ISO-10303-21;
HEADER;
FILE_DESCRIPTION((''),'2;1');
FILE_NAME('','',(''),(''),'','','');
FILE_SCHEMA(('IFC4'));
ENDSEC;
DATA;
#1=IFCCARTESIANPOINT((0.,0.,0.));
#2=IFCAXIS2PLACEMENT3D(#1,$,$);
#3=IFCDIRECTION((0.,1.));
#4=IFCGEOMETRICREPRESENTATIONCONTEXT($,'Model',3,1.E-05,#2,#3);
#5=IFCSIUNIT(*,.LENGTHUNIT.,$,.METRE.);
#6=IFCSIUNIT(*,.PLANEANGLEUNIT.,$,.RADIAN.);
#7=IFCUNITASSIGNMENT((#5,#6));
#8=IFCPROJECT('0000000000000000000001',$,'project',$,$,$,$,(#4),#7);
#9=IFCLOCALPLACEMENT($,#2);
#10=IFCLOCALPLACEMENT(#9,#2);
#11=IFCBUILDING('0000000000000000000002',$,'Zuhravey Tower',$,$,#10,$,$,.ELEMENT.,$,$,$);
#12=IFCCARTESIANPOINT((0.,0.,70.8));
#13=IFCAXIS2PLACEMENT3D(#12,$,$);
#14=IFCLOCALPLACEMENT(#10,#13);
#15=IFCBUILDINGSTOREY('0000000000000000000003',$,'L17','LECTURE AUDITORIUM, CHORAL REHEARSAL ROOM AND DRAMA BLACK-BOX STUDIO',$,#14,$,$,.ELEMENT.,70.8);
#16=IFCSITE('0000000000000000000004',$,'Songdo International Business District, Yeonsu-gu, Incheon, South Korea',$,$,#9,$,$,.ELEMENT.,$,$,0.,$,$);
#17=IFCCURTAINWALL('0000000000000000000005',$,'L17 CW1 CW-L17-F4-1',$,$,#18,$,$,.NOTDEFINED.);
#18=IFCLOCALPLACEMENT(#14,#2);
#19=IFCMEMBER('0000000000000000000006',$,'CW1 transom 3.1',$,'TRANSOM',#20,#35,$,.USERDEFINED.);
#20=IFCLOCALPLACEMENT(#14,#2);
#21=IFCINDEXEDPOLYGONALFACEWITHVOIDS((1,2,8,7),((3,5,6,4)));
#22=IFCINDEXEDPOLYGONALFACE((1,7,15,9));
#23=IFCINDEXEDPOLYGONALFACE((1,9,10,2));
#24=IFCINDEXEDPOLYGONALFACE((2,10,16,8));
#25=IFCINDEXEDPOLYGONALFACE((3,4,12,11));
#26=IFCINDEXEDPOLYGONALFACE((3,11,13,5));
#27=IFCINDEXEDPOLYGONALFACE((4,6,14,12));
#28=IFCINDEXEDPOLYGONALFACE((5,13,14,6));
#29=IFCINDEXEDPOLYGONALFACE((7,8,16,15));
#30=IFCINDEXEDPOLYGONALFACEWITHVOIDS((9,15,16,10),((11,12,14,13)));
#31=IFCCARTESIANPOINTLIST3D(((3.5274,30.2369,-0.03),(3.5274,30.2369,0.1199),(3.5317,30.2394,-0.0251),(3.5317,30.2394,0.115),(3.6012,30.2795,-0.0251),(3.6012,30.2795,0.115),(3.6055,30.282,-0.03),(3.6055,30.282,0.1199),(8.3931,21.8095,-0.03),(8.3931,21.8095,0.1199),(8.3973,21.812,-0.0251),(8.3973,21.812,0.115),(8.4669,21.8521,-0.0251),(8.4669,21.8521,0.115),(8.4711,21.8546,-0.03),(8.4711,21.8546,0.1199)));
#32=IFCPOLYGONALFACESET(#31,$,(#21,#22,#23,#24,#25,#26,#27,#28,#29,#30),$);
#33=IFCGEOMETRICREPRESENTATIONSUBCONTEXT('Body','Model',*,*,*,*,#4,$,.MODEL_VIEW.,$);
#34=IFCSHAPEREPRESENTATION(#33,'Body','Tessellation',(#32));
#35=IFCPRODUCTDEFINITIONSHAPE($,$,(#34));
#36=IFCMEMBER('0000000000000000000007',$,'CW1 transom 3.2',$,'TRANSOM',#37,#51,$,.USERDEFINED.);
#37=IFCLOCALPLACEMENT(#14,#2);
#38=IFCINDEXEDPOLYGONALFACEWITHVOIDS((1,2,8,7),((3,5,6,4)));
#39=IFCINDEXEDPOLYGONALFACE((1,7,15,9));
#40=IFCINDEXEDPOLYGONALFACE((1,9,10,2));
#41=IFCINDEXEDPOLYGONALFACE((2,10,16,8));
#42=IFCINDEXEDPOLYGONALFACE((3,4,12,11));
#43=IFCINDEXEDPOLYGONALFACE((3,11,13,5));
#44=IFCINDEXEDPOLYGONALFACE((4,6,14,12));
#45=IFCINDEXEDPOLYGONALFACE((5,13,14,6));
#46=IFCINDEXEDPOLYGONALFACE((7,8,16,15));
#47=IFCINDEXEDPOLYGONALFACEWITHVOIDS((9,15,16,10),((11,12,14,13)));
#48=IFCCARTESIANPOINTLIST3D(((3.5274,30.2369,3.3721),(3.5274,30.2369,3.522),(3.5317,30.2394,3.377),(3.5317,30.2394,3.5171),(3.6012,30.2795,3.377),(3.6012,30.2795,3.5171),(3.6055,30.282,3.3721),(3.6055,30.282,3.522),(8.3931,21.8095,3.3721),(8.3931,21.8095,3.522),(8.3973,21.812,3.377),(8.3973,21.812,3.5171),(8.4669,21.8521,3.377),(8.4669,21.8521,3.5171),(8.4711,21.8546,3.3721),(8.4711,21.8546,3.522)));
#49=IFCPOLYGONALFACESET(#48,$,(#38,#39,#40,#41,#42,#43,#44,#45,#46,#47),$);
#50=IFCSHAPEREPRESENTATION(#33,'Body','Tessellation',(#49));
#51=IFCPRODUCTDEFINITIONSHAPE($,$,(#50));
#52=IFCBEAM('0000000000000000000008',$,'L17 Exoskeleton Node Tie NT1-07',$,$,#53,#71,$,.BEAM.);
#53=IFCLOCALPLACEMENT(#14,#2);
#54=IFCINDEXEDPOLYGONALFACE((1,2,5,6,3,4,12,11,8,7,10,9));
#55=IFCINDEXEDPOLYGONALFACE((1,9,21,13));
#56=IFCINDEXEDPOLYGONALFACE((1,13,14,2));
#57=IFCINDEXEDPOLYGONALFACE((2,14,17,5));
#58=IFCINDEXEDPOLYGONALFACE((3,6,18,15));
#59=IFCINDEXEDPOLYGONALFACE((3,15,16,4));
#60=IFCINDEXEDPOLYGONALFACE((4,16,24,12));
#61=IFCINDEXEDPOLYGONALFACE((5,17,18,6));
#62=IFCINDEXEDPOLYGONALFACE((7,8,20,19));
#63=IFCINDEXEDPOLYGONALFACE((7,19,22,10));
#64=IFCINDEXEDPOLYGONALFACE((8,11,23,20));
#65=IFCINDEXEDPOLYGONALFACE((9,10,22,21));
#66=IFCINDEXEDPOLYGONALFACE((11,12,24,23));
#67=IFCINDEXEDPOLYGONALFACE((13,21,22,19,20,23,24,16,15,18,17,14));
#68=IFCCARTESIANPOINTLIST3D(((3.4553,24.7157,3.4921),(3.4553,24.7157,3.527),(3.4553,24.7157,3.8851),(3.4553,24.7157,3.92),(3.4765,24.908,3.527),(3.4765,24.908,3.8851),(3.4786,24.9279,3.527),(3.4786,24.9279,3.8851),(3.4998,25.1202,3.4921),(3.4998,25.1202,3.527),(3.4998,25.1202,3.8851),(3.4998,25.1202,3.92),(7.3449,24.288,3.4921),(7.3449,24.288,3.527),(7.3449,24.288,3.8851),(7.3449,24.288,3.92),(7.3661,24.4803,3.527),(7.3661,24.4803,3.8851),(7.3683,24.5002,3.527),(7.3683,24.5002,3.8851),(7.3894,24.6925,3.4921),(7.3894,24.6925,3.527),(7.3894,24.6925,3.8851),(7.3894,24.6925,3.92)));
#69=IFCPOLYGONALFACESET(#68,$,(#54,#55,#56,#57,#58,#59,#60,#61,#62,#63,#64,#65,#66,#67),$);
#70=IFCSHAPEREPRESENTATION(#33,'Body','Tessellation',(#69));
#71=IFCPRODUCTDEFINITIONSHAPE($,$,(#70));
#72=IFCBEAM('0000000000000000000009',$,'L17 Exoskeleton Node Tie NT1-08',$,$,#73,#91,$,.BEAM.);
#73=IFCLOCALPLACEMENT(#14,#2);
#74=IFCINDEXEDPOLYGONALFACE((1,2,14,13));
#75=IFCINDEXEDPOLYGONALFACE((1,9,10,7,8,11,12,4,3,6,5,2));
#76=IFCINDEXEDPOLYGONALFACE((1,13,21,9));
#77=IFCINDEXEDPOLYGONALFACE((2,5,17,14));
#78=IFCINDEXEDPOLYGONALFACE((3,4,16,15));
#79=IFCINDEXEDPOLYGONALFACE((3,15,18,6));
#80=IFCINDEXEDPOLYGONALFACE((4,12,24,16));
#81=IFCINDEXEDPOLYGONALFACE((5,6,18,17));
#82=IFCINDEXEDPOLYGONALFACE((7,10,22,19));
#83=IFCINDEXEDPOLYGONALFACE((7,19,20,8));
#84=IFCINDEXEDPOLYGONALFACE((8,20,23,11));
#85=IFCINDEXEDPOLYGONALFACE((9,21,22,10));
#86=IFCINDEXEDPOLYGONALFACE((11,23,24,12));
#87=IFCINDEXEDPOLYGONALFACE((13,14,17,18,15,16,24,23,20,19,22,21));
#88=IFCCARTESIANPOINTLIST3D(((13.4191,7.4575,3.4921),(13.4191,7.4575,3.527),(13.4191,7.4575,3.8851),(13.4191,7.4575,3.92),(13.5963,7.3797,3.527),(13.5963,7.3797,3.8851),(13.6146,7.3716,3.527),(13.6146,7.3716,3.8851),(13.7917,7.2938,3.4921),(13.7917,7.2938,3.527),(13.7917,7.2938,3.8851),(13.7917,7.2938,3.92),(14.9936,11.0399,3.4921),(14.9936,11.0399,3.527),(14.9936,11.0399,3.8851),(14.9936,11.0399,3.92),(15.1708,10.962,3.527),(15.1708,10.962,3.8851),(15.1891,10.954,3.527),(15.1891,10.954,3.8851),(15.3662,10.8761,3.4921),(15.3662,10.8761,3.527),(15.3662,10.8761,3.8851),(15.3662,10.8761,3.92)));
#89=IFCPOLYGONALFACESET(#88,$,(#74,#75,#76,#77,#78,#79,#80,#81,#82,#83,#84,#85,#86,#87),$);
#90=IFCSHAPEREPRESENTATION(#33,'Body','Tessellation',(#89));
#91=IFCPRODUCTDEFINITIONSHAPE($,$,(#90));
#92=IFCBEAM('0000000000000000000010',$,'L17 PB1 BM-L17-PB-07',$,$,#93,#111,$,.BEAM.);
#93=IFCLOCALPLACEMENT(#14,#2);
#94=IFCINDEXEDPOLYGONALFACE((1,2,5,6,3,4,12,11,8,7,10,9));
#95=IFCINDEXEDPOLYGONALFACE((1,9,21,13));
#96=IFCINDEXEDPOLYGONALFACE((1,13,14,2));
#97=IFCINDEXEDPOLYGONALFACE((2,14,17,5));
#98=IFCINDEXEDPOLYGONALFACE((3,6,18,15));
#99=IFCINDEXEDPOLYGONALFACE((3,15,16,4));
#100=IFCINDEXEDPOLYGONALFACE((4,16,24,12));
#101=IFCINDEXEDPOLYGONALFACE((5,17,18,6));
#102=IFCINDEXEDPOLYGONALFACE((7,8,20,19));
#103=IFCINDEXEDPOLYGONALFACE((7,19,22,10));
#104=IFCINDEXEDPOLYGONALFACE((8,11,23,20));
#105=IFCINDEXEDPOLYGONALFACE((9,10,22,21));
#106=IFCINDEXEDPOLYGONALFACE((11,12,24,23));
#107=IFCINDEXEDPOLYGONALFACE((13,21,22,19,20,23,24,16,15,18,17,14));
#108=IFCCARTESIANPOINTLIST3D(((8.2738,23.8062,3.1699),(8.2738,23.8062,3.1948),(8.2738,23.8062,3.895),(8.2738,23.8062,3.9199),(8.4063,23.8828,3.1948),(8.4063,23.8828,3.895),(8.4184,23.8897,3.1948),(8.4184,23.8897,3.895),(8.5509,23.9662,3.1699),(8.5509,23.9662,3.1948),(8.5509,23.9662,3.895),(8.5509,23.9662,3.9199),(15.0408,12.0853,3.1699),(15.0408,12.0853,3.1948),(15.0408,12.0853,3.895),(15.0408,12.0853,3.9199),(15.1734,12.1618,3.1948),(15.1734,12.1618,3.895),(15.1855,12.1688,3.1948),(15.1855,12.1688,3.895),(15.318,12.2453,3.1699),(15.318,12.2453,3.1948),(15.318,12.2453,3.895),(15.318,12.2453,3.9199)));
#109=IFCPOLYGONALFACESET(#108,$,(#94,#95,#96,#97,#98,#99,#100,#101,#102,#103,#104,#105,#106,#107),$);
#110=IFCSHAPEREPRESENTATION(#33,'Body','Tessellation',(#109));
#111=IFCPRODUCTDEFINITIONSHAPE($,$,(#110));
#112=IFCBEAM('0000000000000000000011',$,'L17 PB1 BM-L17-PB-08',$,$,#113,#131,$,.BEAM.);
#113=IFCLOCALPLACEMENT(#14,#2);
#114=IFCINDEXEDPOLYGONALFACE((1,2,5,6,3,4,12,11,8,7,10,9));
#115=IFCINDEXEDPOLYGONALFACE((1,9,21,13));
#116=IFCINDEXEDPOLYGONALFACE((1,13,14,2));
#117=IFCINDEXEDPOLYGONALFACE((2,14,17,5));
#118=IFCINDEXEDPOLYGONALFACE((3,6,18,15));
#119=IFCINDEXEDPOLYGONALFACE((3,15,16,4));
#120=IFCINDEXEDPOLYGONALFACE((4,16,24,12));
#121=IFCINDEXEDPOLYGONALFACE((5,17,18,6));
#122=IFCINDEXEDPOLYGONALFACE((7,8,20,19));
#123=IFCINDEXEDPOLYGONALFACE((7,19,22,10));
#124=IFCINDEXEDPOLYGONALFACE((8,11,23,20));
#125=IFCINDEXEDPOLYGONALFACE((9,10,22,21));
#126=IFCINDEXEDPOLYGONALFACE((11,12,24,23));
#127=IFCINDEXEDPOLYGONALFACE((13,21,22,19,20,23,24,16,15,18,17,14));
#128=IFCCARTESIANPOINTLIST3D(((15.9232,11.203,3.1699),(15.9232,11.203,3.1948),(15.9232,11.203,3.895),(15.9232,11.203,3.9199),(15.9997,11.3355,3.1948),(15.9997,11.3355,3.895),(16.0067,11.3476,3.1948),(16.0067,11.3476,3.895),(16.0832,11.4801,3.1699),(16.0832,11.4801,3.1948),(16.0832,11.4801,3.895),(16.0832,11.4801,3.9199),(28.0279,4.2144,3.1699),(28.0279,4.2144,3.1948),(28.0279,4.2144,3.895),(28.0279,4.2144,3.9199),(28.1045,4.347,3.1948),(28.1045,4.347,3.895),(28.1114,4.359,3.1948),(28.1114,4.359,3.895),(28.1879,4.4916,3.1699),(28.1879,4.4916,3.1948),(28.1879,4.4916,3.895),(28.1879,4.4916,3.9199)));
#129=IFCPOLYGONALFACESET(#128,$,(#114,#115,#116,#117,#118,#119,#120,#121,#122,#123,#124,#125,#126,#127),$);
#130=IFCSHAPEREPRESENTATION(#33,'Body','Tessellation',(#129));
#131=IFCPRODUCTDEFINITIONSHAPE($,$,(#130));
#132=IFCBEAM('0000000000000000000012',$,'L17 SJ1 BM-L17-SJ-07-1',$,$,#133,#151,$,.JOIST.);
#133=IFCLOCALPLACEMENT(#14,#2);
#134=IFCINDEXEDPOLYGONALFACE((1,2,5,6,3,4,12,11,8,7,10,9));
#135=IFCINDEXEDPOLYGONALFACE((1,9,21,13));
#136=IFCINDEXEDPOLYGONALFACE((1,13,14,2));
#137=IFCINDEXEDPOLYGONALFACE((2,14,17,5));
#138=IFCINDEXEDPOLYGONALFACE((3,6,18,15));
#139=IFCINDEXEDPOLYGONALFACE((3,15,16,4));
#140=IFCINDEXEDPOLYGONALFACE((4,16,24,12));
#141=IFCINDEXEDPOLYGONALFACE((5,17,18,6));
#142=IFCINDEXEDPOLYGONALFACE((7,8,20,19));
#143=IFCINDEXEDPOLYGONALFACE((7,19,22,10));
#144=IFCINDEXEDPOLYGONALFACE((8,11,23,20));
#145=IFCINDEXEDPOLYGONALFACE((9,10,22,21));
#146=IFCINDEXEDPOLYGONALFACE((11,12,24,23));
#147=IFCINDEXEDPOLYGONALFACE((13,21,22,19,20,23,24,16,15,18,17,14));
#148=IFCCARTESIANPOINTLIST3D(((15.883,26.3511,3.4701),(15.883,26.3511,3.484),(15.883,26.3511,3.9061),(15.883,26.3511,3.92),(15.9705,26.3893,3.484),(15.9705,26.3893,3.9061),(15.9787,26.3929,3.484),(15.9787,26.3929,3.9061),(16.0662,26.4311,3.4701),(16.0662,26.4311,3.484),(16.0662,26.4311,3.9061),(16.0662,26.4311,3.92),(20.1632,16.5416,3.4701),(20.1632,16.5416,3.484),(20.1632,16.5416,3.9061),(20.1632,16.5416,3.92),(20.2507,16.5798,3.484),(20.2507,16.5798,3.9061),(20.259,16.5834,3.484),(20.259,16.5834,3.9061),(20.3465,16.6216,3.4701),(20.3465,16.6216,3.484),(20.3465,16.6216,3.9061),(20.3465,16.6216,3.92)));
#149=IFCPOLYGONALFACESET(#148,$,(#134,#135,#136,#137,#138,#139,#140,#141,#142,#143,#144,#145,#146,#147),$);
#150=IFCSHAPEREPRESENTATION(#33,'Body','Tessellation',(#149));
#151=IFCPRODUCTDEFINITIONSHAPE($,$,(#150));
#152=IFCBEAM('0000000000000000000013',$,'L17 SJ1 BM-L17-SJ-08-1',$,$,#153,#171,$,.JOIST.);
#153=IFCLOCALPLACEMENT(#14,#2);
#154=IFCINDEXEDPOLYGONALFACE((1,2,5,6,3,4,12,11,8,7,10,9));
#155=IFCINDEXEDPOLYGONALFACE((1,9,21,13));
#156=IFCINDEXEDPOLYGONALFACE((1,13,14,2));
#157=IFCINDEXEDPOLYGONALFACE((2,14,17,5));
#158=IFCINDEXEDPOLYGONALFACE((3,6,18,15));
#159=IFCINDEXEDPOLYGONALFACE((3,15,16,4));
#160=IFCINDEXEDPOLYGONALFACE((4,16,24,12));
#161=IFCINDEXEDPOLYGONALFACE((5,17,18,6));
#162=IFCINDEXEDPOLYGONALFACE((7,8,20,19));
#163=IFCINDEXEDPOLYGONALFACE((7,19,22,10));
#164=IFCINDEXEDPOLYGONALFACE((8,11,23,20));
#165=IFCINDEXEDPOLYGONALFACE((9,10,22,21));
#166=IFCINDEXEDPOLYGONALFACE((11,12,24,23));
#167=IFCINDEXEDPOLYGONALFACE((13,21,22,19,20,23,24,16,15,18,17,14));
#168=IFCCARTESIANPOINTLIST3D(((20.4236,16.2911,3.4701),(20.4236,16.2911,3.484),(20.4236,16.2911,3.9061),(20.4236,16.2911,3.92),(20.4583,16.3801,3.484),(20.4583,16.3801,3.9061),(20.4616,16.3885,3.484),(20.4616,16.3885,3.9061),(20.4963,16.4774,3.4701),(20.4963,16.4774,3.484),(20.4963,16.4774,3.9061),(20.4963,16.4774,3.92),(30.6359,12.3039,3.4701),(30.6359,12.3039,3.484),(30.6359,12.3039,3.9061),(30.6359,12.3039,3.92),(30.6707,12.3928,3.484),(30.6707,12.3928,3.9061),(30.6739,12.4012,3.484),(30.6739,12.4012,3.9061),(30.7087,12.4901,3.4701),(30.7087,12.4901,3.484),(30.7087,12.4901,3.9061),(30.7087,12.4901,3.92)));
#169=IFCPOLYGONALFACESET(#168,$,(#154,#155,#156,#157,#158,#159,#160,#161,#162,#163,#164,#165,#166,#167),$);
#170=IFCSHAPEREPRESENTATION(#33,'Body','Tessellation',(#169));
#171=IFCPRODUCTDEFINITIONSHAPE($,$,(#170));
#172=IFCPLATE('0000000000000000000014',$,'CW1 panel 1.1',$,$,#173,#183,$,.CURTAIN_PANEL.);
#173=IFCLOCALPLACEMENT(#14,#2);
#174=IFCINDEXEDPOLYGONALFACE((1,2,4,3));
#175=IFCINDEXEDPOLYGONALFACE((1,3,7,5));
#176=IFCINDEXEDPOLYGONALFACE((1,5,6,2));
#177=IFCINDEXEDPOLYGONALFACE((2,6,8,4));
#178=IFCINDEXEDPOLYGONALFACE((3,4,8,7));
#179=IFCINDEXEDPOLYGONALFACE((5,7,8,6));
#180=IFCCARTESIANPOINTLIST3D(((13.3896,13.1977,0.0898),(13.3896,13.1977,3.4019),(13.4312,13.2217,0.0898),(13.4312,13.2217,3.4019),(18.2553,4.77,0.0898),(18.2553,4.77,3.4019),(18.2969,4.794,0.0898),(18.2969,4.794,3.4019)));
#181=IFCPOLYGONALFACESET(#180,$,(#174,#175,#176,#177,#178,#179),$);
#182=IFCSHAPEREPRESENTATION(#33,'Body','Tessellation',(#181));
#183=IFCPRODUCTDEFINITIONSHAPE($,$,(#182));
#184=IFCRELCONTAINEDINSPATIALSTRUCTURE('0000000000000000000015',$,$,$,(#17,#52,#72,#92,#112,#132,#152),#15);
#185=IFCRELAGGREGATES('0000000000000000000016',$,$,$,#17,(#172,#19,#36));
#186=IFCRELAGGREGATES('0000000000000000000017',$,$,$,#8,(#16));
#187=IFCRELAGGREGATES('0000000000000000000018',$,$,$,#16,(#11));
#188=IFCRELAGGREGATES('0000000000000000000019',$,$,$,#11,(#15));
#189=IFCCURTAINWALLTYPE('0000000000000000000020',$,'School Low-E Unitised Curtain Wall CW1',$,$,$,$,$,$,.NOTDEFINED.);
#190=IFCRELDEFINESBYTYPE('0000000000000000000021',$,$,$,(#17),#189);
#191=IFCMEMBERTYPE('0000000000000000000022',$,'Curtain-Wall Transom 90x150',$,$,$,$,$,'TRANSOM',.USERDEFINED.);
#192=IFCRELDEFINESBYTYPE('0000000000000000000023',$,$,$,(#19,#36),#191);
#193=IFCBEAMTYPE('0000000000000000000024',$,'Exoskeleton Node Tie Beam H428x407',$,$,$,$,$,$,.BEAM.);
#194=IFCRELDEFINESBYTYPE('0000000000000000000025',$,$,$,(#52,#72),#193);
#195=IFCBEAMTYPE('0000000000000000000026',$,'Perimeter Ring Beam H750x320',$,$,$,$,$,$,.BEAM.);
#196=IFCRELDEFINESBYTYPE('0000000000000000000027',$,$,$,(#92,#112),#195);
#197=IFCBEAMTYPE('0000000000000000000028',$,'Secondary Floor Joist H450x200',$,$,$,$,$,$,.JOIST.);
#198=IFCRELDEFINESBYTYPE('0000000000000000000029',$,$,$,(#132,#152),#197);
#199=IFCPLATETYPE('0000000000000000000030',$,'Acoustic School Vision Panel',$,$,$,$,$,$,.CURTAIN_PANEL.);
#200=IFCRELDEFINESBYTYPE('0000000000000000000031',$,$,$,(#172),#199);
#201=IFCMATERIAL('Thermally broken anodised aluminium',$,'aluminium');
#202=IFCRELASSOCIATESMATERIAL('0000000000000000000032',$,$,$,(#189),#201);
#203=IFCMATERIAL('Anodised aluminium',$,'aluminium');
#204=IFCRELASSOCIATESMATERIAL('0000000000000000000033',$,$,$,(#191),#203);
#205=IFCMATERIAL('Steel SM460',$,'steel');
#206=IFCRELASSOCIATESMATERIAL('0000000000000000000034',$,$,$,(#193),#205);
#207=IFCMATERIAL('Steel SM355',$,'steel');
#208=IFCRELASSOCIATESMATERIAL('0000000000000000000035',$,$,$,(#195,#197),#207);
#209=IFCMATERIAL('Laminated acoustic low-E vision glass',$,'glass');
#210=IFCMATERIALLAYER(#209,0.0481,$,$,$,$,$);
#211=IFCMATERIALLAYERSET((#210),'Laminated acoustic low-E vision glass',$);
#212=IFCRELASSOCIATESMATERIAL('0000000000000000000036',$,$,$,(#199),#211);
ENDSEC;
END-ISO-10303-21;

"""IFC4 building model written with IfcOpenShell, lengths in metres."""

from ifc_helpers import new_model, si_unit, direction, frame, origin, origin_2d, place, context, subcontext, project, spatial, rectangle, hollow_rectangle, i_section, extrude, material, layer, layer_set, material_profile, profile_set, type_object, element, aggregate, save


model = new_model("IFC4")

# Units and contexts
model_context = context("Model", 3, precision=1e-05, world=origin(), true_north=direction((0.0, 1.0)))
body_context = subcontext(model_context, "Body", "Model", "MODEL_VIEW")
ifc_project = project(units=[si_unit("LENGTHUNIT", "METRE"), si_unit("PLANEANGLEUNIT", "RADIAN")], contexts=[model_context])

# Site, building, storey
site_placement = place(None, origin())
site = spatial("IfcSite", under=ifc_project, at=site_placement, Name="Songdo International Business District, Yeonsu-gu, Incheon, South Korea", CompositionType="ELEMENT", RefElevation=0.0)
building_placement = place(site_placement, origin())
building = spatial("IfcBuilding", under=site, at=building_placement, Name="Zuhravey Tower", CompositionType="ELEMENT")
storey_placement = place(building_placement, frame((0.0, 0.0, 70.8)))
storey = spatial("IfcBuildingStorey", under=building, at=storey_placement, Name="L17", Description="LECTURE AUDITORIUM, CHORAL REHEARSAL ROOM AND DRAMA BLACK-BOX STUDIO", CompositionType="ELEMENT", Elevation=70.8)

# Shared definitions
ifc_material_1 = material(Name="Thermally broken anodised aluminium", Category="aluminium")
curtain_wall_type = type_object("IfcCurtainWallType", Name="School Low-E Unitised Curtain Wall CW1", PredefinedType="NOTDEFINED", material=ifc_material_1)
ifc_material_2 = material(Name="Anodised aluminium", Category="aluminium")

# Curtain wall, members
curtain_wall_1_placement = place(storey_placement, origin())
curtain_wall_1 = element("IfcCurtainWall", 1, at=curtain_wall_1_placement, inside=storey, type_object=curtain_wall_type, Name="L17 CW1 CW-L17-F4-1", PredefinedType="NOTDEFINED")
ifc_material_profile_1 = material_profile(ifc_material_2, hollow_rectangle(XDim=0.0901, YDim=0.1499, WallThickness=0.0049, at=origin_2d()), Name="ALU-RHS-90x150x5")
ifc_profile_set_1 = profile_set([ifc_material_profile_1], Name="Anodised aluminium")
member_type_1 = type_object("IfcMemberType", Name="Curtain-Wall Transom 90x150", ElementType="TRANSOM", PredefinedType="USERDEFINED", material=ifc_profile_set_1)
member_1_placement = place(storey_placement, frame((8.4321, 21.832, 0.0449), z_axis=(-0.500008, 0.866021, 0.0), x_axis=(-0.866021, -0.500008, 0.0)))
member_1 = element("IfcMember", 2, at=member_1_placement, type_object=member_type_1, Name="CW1 transom 3.1", ObjectType="TRANSOM", PredefinedType="USERDEFINED", context=body_context, shape_type="SweptSolid", body=[
    extrude(hollow_rectangle(XDim=0.0901, YDim=0.1499, WallThickness=0.0049, at=origin_2d()), origin(), (0.0, 0.0, 1.0), 9.7312),
])
member_2_placement = place(storey_placement, frame((8.4321, 21.832, 3.447), z_axis=(-0.500008, 0.866021, 0.0), x_axis=(-0.866021, -0.500008, 0.0)))
member_2 = element("IfcMember", 3, at=member_2_placement, type_object=member_type_1, Name="CW1 transom 3.2", ObjectType="TRANSOM", PredefinedType="USERDEFINED", context=body_context, shape_type="SweptSolid", body=[
    extrude(hollow_rectangle(XDim=0.0901, YDim=0.1499, WallThickness=0.0049, at=origin_2d()), origin(), (0.0, 0.0, 1.0), 9.7312),
])

# Beams
ifc_material_3 = material(Name="Steel SM460", Category="steel")
ifc_material_profile_2 = material_profile(ifc_material_3, i_section(OverallWidth=0.407, OverallDepth=0.428, WebThickness=0.02, FlangeThickness=0.0349, at=origin_2d()), Name="H-428x407x20x35")
ifc_profile_set_2 = profile_set([ifc_material_profile_2], Name="Steel SM460")
beam_type_1 = type_object("IfcBeamType", Name="Exoskeleton Node Tie Beam H428x407", PredefinedType="BEAM", material=ifc_profile_set_2)
for number, where, z_axis, x_axis, name in (
    (4, (7.3672, 24.4902, 3.7061), (-0.994008, 0.109308, 0.0), (-0.109308, -0.994008, 0.0), "L17 Exoskeleton Node Tie NT1-07"),
    (5, (15.1799, 10.958, 3.7061), (-0.402366, -0.915479, 0.0), (0.915479, -0.402366, 0.0), "L17 Exoskeleton Node Tie NT1-08"),
):
    element("IfcBeam", number, at=place(storey_placement, frame(where, z_axis=z_axis, x_axis=x_axis)), inside=storey, type_object=beam_type_1, Name=name, PredefinedType="BEAM", context=body_context, shape_type="SweptSolid", body=[
        extrude(i_section(OverallWidth=0.407, OverallDepth=0.428, WebThickness=0.02, FlangeThickness=0.0349, at=origin_2d()), origin(), (0.0, 0.0, 1.0), 3.9131),
    ])
ifc_material_4 = material(Name="Steel SM355", Category="steel")
ifc_material_profile_3 = material_profile(ifc_material_4, i_section(OverallWidth=0.3201, OverallDepth=0.75, WebThickness=0.0139, FlangeThickness=0.0249, at=origin_2d()), Name="H-750x320x14x25")
ifc_profile_set_3 = profile_set([ifc_material_profile_3], Name="Steel SM355")
beam_type_2 = type_object("IfcBeamType", Name="Perimeter Ring Beam H750x320", PredefinedType="BEAM", material=ifc_profile_set_3)
beam_1_placement = place(storey_placement, frame((8.4124, 23.8862, 3.5449), z_axis=(0.5, -0.866025, 0.0), x_axis=(0.866025, 0.5, 0.0)))
element("IfcBeam", 6, at=beam_1_placement, inside=storey, type_object=beam_type_2, Name="L17 PB1 BM-L17-PB-07", PredefinedType="BEAM", context=body_context, shape_type="SweptSolid", body=[
    extrude(i_section(OverallWidth=0.3201, OverallDepth=0.75, WebThickness=0.0139, FlangeThickness=0.0249, at=origin_2d()), origin(), (0.0, 0.0, 1.0), 13.5342),
])
beam_2_placement = place(storey_placement, frame((16.0032, 11.3416, 3.5449), z_axis=(0.86603, -0.499992, 0.0), x_axis=(0.499992, 0.86603, 0.0)))
element("IfcBeam", 7, at=beam_2_placement, inside=storey, type_object=beam_type_2, Name="L17 PB1 BM-L17-PB-08", PredefinedType="BEAM", context=body_context, shape_type="SweptSolid", body=[
    extrude(i_section(OverallWidth=0.3201, OverallDepth=0.75, WebThickness=0.0139, FlangeThickness=0.0249, at=origin_2d()), origin(), (0.0, 0.0, 1.0), 13.9773),
])
ifc_material_profile_4 = material_profile(ifc_material_4, i_section(OverallWidth=0.2, OverallDepth=0.45, WebThickness=0.009, FlangeThickness=0.0139, at=origin_2d()), Name="H-450x200x9x14")
ifc_profile_set_4 = profile_set([ifc_material_profile_4], Name="Steel SM355")
beam_type_3 = type_object("IfcBeamType", Name="Secondary Floor Joist H450x200", PredefinedType="JOIST", material=ifc_profile_set_4)
beam_3_placement = place(storey_placement, frame((15.9746, 26.3911, 3.6951), z_axis=(0.399924, -0.916549, 0.0), x_axis=(0.916549, 0.399924, 0.0)))
element("IfcBeam", 8, at=beam_3_placement, inside=storey, type_object=beam_type_3, Name="L17 SJ1 BM-L17-SJ-07-1", PredefinedType="JOIST", context=body_context, shape_type="SweptSolid", body=[
    extrude(i_section(OverallWidth=0.2, OverallDepth=0.45, WebThickness=0.009, FlangeThickness=0.0139, at=origin_2d()), origin(), (0.0, 0.0, 1.0), 10.7026),
])
beam_4_placement = place(storey_placement, frame((20.46, 16.3843, 3.6951), z_axis=(0.931517, -0.363699, 0.0), x_axis=(0.363699, 0.931517, 0.0)))
element("IfcBeam", 9, at=beam_4_placement, inside=storey, type_object=beam_type_3, Name="L17 SJ1 BM-L17-SJ-08-1", PredefinedType="JOIST", context=body_context, shape_type="SweptSolid", body=[
    extrude(i_section(OverallWidth=0.2, OverallDepth=0.45, WebThickness=0.009, FlangeThickness=0.0139, at=origin_2d()), origin(), (0.0, 0.0, 1.0), 10.9631),
])

# Plate
ifc_material_5 = material(Name="Laminated acoustic low-E vision glass", Category="glass")
ifc_layer_1 = layer(ifc_material_5, 0.0481)
ifc_layer_set_1 = layer_set([ifc_layer_1], Name="Laminated acoustic low-E vision glass")
plate_type = type_object("IfcPlateType", Name="Acoustic School Vision Panel", PredefinedType="CURTAIN_PANEL", material=ifc_layer_set_1)
plate_1_placement = place(storey_placement, frame((15.8433, 8.9958, 0.0898), z_axis=(0.0, 0.0, 1.0), x_axis=(-0.5, 0.866026, 0.0)))
plate_1 = element("IfcPlate", 10, at=plate_1_placement, type_object=plate_type, Name="CW1 panel 1.1", PredefinedType="CURTAIN_PANEL", context=body_context, shape_type="SweptSolid", body=[
    extrude(rectangle(XDim=9.7314, YDim=0.0481, at=origin_2d()), origin(), (0.0, 0.0, 1.0), 3.312),
])
aggregate(curtain_wall_1, [plate_1, member_1, member_2])

save(model, "model.ifc")
